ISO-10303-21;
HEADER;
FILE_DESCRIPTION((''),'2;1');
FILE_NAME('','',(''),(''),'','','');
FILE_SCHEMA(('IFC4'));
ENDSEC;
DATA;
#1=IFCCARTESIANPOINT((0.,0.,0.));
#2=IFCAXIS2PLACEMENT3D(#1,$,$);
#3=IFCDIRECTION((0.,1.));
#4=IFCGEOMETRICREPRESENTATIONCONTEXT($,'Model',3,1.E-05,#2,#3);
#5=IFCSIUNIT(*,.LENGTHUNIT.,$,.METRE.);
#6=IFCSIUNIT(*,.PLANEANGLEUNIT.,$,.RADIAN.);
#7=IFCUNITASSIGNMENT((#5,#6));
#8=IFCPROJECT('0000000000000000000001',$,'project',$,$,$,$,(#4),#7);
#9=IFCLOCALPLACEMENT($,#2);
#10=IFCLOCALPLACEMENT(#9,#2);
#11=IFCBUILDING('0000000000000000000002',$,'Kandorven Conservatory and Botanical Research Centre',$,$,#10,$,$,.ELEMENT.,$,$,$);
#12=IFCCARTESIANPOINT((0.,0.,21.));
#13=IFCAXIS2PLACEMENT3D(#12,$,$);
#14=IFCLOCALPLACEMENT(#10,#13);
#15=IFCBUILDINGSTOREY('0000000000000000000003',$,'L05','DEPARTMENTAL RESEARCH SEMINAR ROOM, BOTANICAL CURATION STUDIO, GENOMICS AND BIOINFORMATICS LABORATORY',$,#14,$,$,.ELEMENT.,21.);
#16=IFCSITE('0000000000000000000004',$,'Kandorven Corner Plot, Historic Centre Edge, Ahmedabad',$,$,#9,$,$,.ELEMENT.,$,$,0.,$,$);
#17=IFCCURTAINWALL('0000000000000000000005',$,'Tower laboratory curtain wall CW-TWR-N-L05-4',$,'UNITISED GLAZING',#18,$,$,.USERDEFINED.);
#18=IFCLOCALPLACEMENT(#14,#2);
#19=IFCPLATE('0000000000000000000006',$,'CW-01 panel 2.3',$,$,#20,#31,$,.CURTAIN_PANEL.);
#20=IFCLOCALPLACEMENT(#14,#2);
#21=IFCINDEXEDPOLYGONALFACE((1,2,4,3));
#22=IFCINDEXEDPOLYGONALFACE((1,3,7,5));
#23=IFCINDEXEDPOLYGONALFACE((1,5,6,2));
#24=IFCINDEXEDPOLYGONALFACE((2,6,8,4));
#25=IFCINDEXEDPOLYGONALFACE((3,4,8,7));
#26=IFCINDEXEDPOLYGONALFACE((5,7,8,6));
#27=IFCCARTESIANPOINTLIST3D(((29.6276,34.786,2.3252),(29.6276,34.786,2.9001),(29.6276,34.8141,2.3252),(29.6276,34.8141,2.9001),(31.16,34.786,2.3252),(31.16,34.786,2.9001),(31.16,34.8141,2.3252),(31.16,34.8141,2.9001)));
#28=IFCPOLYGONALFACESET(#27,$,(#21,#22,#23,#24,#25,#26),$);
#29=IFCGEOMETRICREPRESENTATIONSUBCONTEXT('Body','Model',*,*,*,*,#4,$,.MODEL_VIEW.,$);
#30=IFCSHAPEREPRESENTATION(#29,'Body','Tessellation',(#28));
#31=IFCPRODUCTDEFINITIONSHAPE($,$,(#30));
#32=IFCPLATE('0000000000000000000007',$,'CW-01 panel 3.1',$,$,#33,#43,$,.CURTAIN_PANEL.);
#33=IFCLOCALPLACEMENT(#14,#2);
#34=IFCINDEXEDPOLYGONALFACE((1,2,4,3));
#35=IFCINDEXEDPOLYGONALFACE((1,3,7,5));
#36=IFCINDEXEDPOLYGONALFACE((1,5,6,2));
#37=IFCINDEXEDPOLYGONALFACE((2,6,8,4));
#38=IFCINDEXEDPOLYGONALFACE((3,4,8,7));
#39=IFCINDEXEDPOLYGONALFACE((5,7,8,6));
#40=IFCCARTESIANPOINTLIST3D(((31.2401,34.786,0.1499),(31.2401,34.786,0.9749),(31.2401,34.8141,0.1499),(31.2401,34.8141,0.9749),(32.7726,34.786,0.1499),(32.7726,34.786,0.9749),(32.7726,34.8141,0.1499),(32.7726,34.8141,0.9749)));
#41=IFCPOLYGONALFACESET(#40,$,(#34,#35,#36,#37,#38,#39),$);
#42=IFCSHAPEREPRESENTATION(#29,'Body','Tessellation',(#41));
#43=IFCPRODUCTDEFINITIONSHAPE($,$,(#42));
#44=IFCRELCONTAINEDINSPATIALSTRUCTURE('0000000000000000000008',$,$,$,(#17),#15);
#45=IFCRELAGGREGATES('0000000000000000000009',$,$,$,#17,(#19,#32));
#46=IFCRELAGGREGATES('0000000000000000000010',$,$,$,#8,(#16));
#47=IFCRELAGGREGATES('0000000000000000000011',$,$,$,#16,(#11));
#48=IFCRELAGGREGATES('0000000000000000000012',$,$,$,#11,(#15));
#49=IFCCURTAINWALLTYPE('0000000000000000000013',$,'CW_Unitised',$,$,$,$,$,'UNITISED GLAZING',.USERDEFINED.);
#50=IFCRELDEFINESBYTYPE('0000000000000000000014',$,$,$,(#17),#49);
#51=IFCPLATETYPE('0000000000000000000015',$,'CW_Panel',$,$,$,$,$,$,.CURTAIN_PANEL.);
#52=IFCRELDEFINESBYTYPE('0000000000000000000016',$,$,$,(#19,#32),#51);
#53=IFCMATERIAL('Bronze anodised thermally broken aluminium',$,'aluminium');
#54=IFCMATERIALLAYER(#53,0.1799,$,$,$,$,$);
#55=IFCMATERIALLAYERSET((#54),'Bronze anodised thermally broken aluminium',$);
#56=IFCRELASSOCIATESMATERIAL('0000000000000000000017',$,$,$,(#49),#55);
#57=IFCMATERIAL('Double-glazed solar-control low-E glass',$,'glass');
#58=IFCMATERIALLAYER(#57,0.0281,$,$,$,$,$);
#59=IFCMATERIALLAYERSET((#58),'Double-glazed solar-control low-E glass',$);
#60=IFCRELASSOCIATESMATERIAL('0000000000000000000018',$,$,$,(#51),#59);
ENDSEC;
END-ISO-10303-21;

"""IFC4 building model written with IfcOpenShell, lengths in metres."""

from ifc_helpers import new_model, si_unit, direction, frame, origin, origin_2d, place, context, subcontext, project, spatial, rectangle, extrude, material, layer, layer_set, type_object, element, aggregate, save


model = new_model("IFC4")

# Units and contexts
model_context = context("Model", 3, precision=1e-05, world=origin(), true_north=direction((0.0, 1.0)))
body_context = subcontext(model_context, "Body", "Model", "MODEL_VIEW")
ifc_project = project(units=[si_unit("LENGTHUNIT", "METRE"), si_unit("PLANEANGLEUNIT", "RADIAN")], contexts=[model_context])

# Site, building, storey
site_placement = place(None, origin())
site = spatial("IfcSite", under=ifc_project, at=site_placement, Name="Kandorven Corner Plot, Historic Centre Edge, Ahmedabad", CompositionType="ELEMENT", RefElevation=0.0)
building_placement = place(site_placement, origin())
building = spatial("IfcBuilding", under=site, at=building_placement, Name="Kandorven Conservatory and Botanical Research Centre", CompositionType="ELEMENT")
storey_placement = place(building_placement, frame((0.0, 0.0, 21.0)))
storey = spatial("IfcBuildingStorey", under=building, at=storey_placement, Name="L05", Description="DEPARTMENTAL RESEARCH SEMINAR ROOM, BOTANICAL CURATION STUDIO, GENOMICS AND BIOINFORMATICS LABORATORY", CompositionType="ELEMENT", Elevation=21.0)

# Curtain wall
ifc_material_1 = material(Name="Bronze anodised thermally broken aluminium", Category="aluminium")
ifc_layer_1 = layer(ifc_material_1, 0.1799)
ifc_layer_set_1 = layer_set([ifc_layer_1], Name="Bronze anodised thermally broken aluminium")
curtain_wall_type = type_object("IfcCurtainWallType", Name="CW_Unitised", ElementType="UNITISED GLAZING", PredefinedType="USERDEFINED", material=ifc_layer_set_1)
curtain_wall_1_placement = place(storey_placement, origin())
curtain_wall_1 = element("IfcCurtainWall", 1, at=curtain_wall_1_placement, inside=storey, type_object=curtain_wall_type, Name="Tower laboratory curtain wall CW-TWR-N-L05-4", ObjectType="UNITISED GLAZING", PredefinedType="USERDEFINED")

# Plates
ifc_material_2 = material(Name="Double-glazed solar-control low-E glass", Category="glass")
ifc_layer_2 = layer(ifc_material_2, 0.0281)
ifc_layer_set_2 = layer_set([ifc_layer_2], Name="Double-glazed solar-control low-E glass")
plate_type = type_object("IfcPlateType", Name="CW_Panel", PredefinedType="CURTAIN_PANEL", material=ifc_layer_set_2)
plate_1_placement = place(storey_placement, frame((30.3938, 34.8, 2.3252), z_axis=(0.0, 0.0, 1.0), x_axis=(1.0, 0.0, 0.0)))
plate_1 = element("IfcPlate", 2, at=plate_1_placement, type_object=plate_type, Name="CW-01 panel 2.3", PredefinedType="CURTAIN_PANEL", context=body_context, shape_type="SweptSolid", body=[
    extrude(rectangle(XDim=1.5325, YDim=0.0281, at=origin_2d()), origin(), (0.0, 0.0, 1.0), 0.575),
])
plate_2_placement = place(storey_placement, frame((32.0063, 34.8, 0.1499), z_axis=(0.0, 0.0, 1.0), x_axis=(1.0, 0.0, 0.0)))
plate_2 = element("IfcPlate", 3, at=plate_2_placement, type_object=plate_type, Name="CW-01 panel 3.1", PredefinedType="CURTAIN_PANEL", context=body_context, shape_type="SweptSolid", body=[
    extrude(rectangle(XDim=1.5325, YDim=0.0281, at=origin_2d()), origin(), (0.0, 0.0, 1.0), 0.825),
])
aggregate(curtain_wall_1, [plate_1, plate_2])

save(model, "model.ifc")
